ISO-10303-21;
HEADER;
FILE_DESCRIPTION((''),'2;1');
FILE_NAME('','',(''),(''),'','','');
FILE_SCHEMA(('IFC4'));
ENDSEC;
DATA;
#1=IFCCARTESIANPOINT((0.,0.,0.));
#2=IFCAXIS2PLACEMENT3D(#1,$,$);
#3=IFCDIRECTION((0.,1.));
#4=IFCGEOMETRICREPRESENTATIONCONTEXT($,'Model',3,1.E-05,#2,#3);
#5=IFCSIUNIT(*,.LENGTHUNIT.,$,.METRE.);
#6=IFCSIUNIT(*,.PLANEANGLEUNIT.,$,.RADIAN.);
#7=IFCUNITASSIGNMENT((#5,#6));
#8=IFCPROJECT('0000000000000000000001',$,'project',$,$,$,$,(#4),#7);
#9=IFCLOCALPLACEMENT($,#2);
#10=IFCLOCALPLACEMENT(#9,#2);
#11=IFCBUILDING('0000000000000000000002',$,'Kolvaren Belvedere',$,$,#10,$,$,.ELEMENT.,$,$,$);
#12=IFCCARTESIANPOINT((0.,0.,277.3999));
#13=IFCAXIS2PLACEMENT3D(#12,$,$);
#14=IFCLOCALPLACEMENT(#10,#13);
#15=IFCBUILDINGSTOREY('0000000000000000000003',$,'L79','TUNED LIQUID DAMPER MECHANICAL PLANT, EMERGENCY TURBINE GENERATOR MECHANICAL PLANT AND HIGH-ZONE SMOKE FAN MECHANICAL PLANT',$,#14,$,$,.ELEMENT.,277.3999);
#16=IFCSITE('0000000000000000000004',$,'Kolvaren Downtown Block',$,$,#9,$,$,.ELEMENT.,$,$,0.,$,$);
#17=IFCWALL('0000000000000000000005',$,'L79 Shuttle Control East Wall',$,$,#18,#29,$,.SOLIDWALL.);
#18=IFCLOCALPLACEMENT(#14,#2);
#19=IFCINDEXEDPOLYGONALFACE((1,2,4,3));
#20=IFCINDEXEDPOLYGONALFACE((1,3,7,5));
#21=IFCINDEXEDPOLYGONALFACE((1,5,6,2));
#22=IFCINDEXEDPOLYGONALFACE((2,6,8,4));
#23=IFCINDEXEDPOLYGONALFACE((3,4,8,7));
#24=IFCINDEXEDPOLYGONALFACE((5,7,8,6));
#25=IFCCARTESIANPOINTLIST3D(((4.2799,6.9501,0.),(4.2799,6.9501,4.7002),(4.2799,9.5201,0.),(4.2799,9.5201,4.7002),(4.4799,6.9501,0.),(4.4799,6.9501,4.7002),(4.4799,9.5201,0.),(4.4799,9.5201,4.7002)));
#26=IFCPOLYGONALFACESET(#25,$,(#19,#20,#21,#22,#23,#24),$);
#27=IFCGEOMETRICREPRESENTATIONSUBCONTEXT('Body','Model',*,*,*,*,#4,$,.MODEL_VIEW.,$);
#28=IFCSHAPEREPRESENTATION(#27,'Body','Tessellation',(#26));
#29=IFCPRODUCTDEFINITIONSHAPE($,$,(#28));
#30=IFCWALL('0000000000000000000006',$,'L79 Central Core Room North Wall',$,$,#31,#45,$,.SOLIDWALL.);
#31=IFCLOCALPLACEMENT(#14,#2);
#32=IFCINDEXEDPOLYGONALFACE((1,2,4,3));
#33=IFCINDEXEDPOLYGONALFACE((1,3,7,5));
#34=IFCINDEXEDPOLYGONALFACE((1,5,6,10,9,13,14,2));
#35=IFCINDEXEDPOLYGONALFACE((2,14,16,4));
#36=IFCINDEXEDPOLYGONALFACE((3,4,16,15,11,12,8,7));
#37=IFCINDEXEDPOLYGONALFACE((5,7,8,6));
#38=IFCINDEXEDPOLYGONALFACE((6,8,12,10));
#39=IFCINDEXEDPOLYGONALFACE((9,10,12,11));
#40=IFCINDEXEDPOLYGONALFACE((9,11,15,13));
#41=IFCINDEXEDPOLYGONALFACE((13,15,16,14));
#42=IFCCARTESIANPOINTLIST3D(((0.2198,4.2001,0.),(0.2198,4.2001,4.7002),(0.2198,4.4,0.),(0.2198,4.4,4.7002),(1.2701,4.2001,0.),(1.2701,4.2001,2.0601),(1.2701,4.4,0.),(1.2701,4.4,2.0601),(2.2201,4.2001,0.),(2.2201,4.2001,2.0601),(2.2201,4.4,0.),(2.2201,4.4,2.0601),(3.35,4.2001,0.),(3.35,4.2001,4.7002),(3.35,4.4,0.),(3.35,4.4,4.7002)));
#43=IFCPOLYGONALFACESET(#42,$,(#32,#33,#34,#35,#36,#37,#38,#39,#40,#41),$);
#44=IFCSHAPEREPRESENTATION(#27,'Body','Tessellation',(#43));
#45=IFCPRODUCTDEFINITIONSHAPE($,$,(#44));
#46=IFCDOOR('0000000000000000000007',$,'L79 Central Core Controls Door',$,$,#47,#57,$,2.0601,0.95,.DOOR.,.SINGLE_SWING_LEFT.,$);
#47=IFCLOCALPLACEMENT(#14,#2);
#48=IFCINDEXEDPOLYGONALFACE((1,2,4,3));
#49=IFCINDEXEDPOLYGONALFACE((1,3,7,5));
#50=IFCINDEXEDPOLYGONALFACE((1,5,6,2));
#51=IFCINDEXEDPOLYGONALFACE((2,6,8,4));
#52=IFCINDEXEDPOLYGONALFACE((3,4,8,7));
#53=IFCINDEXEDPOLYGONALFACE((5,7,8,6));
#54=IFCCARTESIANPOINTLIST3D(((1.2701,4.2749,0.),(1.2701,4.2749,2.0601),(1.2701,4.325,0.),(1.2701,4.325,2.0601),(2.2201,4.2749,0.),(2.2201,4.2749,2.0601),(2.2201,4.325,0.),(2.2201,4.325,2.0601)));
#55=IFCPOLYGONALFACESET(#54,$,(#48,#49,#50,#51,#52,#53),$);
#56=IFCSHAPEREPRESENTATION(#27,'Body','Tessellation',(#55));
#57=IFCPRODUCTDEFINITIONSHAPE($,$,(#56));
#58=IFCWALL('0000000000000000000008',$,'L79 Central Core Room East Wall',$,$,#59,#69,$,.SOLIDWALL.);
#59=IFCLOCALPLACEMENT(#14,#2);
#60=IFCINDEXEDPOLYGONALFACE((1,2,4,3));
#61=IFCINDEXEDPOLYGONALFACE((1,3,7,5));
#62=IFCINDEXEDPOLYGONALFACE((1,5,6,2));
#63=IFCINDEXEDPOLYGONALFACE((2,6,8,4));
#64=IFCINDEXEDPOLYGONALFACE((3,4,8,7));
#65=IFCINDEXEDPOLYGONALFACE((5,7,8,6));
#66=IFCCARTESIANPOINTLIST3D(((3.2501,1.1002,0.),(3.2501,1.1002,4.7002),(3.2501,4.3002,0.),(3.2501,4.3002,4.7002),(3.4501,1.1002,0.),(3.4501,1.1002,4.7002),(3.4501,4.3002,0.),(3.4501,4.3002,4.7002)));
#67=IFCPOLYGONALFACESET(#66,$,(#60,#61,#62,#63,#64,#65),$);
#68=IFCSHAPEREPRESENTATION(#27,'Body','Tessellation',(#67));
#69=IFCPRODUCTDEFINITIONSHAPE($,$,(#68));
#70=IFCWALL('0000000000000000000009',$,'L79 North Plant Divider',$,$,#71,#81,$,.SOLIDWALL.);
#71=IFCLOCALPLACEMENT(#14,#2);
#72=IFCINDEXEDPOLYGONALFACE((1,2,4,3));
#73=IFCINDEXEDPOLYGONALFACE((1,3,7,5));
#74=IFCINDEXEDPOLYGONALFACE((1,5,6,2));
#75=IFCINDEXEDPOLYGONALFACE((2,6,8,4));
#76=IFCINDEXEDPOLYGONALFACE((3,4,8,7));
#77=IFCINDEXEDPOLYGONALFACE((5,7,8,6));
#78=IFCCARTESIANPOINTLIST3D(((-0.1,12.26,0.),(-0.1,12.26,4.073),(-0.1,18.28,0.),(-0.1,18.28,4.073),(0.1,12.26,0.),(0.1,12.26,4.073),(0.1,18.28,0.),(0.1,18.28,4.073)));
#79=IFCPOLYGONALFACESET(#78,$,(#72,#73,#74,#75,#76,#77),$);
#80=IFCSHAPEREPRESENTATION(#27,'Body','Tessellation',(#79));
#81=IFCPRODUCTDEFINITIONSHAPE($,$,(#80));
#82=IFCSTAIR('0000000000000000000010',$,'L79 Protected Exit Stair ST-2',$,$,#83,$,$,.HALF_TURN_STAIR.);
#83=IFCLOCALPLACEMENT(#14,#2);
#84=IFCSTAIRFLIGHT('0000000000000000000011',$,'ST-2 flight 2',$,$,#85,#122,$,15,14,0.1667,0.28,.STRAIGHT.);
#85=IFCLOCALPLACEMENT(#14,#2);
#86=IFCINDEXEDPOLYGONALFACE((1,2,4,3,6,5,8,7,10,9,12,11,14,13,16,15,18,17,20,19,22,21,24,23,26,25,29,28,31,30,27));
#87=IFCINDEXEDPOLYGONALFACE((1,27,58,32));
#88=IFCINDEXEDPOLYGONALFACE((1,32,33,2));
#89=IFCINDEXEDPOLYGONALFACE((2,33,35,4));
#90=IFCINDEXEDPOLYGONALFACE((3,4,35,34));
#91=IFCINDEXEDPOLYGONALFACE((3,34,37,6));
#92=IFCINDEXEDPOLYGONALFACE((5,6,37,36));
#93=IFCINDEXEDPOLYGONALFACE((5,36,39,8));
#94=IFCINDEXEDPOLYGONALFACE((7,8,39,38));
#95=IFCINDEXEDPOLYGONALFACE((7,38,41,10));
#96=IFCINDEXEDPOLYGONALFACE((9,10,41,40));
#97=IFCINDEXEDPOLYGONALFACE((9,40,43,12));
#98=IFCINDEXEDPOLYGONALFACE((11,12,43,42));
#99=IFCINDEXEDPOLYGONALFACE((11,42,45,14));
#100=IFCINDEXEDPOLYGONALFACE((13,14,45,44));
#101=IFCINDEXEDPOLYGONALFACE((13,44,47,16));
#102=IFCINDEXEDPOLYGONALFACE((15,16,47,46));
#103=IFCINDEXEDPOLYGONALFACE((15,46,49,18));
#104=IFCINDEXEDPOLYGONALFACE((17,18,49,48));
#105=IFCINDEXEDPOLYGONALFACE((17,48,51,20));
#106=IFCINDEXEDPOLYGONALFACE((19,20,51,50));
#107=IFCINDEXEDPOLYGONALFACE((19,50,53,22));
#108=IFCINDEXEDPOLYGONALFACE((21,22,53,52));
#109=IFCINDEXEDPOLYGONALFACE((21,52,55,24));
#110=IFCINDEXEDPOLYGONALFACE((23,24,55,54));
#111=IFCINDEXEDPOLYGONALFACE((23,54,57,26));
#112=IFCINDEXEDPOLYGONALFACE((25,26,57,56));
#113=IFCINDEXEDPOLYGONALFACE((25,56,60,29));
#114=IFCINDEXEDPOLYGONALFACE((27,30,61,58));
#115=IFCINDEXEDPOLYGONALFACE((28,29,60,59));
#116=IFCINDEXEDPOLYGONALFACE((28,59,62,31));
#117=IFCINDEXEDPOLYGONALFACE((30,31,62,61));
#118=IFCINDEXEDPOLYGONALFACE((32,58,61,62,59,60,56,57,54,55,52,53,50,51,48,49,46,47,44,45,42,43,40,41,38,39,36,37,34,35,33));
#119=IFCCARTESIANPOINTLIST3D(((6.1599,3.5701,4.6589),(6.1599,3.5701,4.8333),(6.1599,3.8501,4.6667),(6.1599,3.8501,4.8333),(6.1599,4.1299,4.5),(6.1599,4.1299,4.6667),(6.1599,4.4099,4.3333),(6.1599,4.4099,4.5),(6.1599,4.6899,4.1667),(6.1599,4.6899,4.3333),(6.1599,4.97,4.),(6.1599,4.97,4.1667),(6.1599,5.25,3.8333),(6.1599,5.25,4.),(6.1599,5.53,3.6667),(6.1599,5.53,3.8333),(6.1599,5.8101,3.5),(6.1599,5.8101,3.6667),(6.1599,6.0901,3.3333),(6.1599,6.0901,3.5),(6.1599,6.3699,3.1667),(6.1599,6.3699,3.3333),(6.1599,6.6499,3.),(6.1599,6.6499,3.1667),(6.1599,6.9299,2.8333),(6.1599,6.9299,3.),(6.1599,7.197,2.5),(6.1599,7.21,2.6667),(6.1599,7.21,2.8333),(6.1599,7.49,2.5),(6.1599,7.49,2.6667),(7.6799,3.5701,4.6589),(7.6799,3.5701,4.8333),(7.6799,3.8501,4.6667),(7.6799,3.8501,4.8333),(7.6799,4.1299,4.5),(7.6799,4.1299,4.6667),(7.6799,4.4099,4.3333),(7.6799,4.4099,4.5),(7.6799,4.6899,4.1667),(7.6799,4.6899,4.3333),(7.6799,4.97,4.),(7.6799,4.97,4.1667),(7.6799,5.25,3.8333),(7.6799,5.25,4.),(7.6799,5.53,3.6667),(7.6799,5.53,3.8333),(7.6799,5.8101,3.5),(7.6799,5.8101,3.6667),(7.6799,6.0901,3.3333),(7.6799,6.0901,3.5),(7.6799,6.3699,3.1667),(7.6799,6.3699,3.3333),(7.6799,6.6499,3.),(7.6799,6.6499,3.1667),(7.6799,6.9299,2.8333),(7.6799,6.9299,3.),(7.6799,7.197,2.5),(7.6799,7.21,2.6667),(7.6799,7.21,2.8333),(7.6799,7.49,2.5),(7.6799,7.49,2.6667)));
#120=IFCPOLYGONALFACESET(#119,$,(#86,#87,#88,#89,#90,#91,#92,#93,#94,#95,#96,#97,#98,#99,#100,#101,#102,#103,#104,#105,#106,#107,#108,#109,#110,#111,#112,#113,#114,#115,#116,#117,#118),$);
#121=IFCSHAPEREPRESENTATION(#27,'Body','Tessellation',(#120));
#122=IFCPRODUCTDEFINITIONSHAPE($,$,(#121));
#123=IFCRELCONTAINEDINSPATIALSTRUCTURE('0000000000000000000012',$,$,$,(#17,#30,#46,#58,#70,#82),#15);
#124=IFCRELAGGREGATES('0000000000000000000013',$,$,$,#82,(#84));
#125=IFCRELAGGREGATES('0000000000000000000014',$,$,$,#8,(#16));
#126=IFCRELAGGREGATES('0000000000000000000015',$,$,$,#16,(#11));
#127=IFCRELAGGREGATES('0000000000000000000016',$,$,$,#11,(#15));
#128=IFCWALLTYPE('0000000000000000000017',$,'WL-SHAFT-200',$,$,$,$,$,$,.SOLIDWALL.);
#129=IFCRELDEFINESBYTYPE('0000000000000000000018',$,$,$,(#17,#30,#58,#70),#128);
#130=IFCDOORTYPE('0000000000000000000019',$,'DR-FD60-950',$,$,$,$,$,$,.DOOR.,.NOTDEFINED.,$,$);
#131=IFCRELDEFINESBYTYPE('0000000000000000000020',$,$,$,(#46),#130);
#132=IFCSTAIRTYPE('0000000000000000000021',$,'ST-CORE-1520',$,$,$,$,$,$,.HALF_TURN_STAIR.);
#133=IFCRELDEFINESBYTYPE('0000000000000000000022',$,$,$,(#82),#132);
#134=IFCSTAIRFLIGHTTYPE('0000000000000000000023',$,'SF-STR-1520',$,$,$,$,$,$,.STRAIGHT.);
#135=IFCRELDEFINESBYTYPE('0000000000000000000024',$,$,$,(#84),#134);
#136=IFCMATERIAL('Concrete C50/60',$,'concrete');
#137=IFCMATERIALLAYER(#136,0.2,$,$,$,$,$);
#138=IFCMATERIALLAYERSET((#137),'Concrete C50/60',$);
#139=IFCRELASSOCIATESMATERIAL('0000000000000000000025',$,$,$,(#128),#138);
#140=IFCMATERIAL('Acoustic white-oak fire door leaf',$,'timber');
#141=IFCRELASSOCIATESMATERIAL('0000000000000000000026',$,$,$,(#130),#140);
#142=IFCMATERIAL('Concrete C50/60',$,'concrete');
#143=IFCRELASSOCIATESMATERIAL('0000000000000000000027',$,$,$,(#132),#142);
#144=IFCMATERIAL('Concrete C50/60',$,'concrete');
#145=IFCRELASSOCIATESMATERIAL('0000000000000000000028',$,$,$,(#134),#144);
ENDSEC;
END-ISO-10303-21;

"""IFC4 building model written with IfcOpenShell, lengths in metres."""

from ifc_helpers import new_model, si_unit, direction, frame, frame_2d, origin, place, context, subcontext, project, spatial, polyline, rectangle, outline, extrude, material, layer, layer_set, type_object, element, fill, aggregate, save


model = new_model("IFC4")

# Units and contexts
model_context = context("Model", 3, precision=1e-05, world=origin(), true_north=direction((0.0, 1.0)))
body_context = subcontext(model_context, "Body", "Model", "MODEL_VIEW")
ifc_project = project(units=[si_unit("LENGTHUNIT", "METRE"), si_unit("PLANEANGLEUNIT", "RADIAN")], contexts=[model_context])

# Site, building, storey
site_placement = place(None, origin())
site = spatial("IfcSite", under=ifc_project, at=site_placement, Name="Kolvaren Downtown Block", CompositionType="ELEMENT", RefElevation=0.0)
building_placement = place(site_placement, origin())
building = spatial("IfcBuilding", under=site, at=building_placement, Name="Kolvaren Belvedere", CompositionType="ELEMENT")
storey_placement = place(building_placement, frame((0.0, 0.0, 277.3999)))
storey = spatial("IfcBuildingStorey", under=building, at=storey_placement, Name="L79", Description="TUNED LIQUID DAMPER MECHANICAL PLANT, EMERGENCY TURBINE GENERATOR MECHANICAL PLANT AND HIGH-ZONE SMOKE FAN MECHANICAL PLANT", CompositionType="ELEMENT", Elevation=277.3999)

# Shared definitions
ifc_material_1 = material(Name="Concrete C50/60", Category="concrete")
ifc_layer_1 = layer(ifc_material_1, 0.2)
ifc_layer_set_1 = layer_set([ifc_layer_1], Name="Concrete C50/60")
wall_type_1 = type_object("IfcWallType", Name="WL-SHAFT-200", PredefinedType="SOLIDWALL", material=ifc_layer_set_1)

# Shared definitions
ifc_material_2 = material(Name="Acoustic white-oak fire door leaf", Category="timber")
door_type_1 = type_object("IfcDoorType", Name="DR-FD60-950", OperationType="NOTDEFINED", PredefinedType="DOOR", material=ifc_material_2)

# Wall
wall_1_placement = place(storey_placement, frame((4.3799, 6.95, 0.0), z_axis=(0.0, 0.0, 1.0), x_axis=(0.0, 1.0, 0.0)))
element("IfcWall", 1, at=wall_1_placement, inside=storey, type_object=wall_type_1, Name="L79 Shuttle Control East Wall", PredefinedType="SOLIDWALL", context=body_context, shape_type="SweptSolid", body=[
    extrude(rectangle(XDim=2.5701, YDim=0.2, at=frame_2d((1.2852, 0.0))), origin(), (0.0, 0.0, 1.0), 4.7002),
])

# Wall, opening, door
wall_2_placement = place(storey_placement, frame((0.22, 4.3, 0.0), z_axis=(0.0, 0.0, 1.0), x_axis=(1.0, 0.0, 0.0)))
wall_2 = element("IfcWall", 2, at=wall_2_placement, inside=storey, type_object=wall_type_1, Name="L79 Central Core Room North Wall", PredefinedType="SOLIDWALL", context=body_context, shape_type="SweptSolid", body=[
    extrude(rectangle(XDim=3.1301, YDim=0.2, at=frame_2d((1.5649, 0.0))), origin(), (0.0, 0.0, 1.0), 4.7002),
])
opening_1_placement = place(wall_2_placement, frame((1.05, 0.0, 0.0)))
opening_1 = element("IfcOpeningElement", 3, at=opening_1_placement, cuts=wall_2, PredefinedType="OPENING", context=body_context, shape_type="SweptSolid", body=[
    extrude(rectangle(XDim=0.95, YDim=2.0601, at=frame_2d((0.4751, 1.03))), frame((0.0, 0.1099, 0.0), z_axis=(0.0, -1.0, 0.0), x_axis=(1.0, 0.0, 0.0)), (0.0, 0.0, 1.0), 0.22),
])
door_1_placement = place(opening_1_placement, origin())
door_1 = element("IfcDoor", 4, at=door_1_placement, inside=storey, type_object=door_type_1, Name="L79 Central Core Controls Door", OperationType="SINGLE_SWING_LEFT", OverallHeight=2.0601, OverallWidth=0.95, PredefinedType="DOOR", context=body_context, shape_type="SweptSolid", body=[
    extrude(rectangle(XDim=0.95, YDim=2.0601, at=frame_2d((0.4751, 1.03))), frame((0.0, 0.0249, 0.0), z_axis=(0.0, -1.0, 0.0), x_axis=(1.0, 0.0, 0.0)), (0.0, 0.0, 1.0), 0.05),
])
fill(opening_1, door_1)

# Walls
wall_3_placement = place(storey_placement, frame((3.3501, 1.1001, 0.0), z_axis=(0.0, 0.0, 1.0), x_axis=(0.0, 1.0, 0.0)))
element("IfcWall", 5, at=wall_3_placement, inside=storey, type_object=wall_type_1, Name="L79 Central Core Room East Wall", PredefinedType="SOLIDWALL", context=body_context, shape_type="SweptSolid", body=[
    extrude(rectangle(XDim=3.2, YDim=0.2, at=frame_2d((1.6001, 0.0))), origin(), (0.0, 0.0, 1.0), 4.7002),
])
wall_4_placement = place(storey_placement, frame((0.0, 12.26, 0.0), z_axis=(0.0, 0.0, 1.0), x_axis=(0.0, 1.0, 0.0)))
element("IfcWall", 6, at=wall_4_placement, inside=storey, type_object=wall_type_1, Name="L79 North Plant Divider", PredefinedType="SOLIDWALL", context=body_context, shape_type="SweptSolid", body=[
    extrude(rectangle(XDim=6.02, YDim=0.2, at=frame_2d((3.01, 0.0))), origin(), (0.0, 0.0, 1.0), 4.073),
])

# Stair, stair flight
ifc_material_3 = material(Name="Concrete C50/60", Category="concrete")
stair_type = type_object("IfcStairType", Name="ST-CORE-1520", PredefinedType="HALF_TURN_STAIR", material=ifc_material_3)
stair_placement = place(storey_placement, origin())
stair = element("IfcStair", 7, at=stair_placement, inside=storey, type_object=stair_type, Name="L79 Protected Exit Stair ST-2", PredefinedType="HALF_TURN_STAIR")
ifc_material_4 = material(Name="Concrete C50/60", Category="concrete")
stair_flight_type = type_object("IfcStairFlightType", Name="SF-STR-1520", PredefinedType="STRAIGHT", material=ifc_material_4)
stair_flight_placement = place(storey_placement, frame((6.9199, 7.49, 2.5), z_axis=(0.0, 0.0, 1.0), x_axis=(0.0, -1.0, 0.0)))
stair_flight = element("IfcStairFlight", 8, at=stair_flight_placement, type_object=stair_flight_type, Name="ST-2 flight 2", NumberOfRisers=15, NumberOfTreads=14, PredefinedType="STRAIGHT", RiserHeight=0.1667, TreadLength=0.28, context=body_context, shape_type="SweptSolid", body=[
    extrude(outline(polyline([(0.0, 0.0), (0.0, 0.1667), (0.28, 0.1667), (0.28, 0.3333), (0.5601, 0.3333), (0.5601, 0.5), (0.8401, 0.5), (0.8401, 0.6667), (1.1201, 0.6667), (1.1201, 0.8333), (1.3999, 0.8333), (1.3999, 1.0), (1.6799, 1.0), (1.6799, 1.1667), (1.96, 1.1667), (1.96, 1.3333), (2.24, 1.3333), (2.24, 1.5), (2.52, 1.5), (2.52, 1.6667), (2.8, 1.6667), (2.8, 1.8333), (3.0801, 1.8333), (3.0801, 2.0), (3.3601, 2.0), (3.3601, 2.1667), (3.6399, 2.1667), (3.6399, 2.3333), (3.9199, 2.3333), (3.9199, 2.5), (3.9199, 2.1589), (0.293, 0.0), (0.0, 0.0)])), frame((0.0, 0.76, 0.0), z_axis=(0.0, -1.0, 0.0), x_axis=(1.0, 0.0, 0.0)), (0.0, 0.0, 1.0), 1.52),
])
aggregate(stair, [stair_flight])

save(model, "model.ifc")
